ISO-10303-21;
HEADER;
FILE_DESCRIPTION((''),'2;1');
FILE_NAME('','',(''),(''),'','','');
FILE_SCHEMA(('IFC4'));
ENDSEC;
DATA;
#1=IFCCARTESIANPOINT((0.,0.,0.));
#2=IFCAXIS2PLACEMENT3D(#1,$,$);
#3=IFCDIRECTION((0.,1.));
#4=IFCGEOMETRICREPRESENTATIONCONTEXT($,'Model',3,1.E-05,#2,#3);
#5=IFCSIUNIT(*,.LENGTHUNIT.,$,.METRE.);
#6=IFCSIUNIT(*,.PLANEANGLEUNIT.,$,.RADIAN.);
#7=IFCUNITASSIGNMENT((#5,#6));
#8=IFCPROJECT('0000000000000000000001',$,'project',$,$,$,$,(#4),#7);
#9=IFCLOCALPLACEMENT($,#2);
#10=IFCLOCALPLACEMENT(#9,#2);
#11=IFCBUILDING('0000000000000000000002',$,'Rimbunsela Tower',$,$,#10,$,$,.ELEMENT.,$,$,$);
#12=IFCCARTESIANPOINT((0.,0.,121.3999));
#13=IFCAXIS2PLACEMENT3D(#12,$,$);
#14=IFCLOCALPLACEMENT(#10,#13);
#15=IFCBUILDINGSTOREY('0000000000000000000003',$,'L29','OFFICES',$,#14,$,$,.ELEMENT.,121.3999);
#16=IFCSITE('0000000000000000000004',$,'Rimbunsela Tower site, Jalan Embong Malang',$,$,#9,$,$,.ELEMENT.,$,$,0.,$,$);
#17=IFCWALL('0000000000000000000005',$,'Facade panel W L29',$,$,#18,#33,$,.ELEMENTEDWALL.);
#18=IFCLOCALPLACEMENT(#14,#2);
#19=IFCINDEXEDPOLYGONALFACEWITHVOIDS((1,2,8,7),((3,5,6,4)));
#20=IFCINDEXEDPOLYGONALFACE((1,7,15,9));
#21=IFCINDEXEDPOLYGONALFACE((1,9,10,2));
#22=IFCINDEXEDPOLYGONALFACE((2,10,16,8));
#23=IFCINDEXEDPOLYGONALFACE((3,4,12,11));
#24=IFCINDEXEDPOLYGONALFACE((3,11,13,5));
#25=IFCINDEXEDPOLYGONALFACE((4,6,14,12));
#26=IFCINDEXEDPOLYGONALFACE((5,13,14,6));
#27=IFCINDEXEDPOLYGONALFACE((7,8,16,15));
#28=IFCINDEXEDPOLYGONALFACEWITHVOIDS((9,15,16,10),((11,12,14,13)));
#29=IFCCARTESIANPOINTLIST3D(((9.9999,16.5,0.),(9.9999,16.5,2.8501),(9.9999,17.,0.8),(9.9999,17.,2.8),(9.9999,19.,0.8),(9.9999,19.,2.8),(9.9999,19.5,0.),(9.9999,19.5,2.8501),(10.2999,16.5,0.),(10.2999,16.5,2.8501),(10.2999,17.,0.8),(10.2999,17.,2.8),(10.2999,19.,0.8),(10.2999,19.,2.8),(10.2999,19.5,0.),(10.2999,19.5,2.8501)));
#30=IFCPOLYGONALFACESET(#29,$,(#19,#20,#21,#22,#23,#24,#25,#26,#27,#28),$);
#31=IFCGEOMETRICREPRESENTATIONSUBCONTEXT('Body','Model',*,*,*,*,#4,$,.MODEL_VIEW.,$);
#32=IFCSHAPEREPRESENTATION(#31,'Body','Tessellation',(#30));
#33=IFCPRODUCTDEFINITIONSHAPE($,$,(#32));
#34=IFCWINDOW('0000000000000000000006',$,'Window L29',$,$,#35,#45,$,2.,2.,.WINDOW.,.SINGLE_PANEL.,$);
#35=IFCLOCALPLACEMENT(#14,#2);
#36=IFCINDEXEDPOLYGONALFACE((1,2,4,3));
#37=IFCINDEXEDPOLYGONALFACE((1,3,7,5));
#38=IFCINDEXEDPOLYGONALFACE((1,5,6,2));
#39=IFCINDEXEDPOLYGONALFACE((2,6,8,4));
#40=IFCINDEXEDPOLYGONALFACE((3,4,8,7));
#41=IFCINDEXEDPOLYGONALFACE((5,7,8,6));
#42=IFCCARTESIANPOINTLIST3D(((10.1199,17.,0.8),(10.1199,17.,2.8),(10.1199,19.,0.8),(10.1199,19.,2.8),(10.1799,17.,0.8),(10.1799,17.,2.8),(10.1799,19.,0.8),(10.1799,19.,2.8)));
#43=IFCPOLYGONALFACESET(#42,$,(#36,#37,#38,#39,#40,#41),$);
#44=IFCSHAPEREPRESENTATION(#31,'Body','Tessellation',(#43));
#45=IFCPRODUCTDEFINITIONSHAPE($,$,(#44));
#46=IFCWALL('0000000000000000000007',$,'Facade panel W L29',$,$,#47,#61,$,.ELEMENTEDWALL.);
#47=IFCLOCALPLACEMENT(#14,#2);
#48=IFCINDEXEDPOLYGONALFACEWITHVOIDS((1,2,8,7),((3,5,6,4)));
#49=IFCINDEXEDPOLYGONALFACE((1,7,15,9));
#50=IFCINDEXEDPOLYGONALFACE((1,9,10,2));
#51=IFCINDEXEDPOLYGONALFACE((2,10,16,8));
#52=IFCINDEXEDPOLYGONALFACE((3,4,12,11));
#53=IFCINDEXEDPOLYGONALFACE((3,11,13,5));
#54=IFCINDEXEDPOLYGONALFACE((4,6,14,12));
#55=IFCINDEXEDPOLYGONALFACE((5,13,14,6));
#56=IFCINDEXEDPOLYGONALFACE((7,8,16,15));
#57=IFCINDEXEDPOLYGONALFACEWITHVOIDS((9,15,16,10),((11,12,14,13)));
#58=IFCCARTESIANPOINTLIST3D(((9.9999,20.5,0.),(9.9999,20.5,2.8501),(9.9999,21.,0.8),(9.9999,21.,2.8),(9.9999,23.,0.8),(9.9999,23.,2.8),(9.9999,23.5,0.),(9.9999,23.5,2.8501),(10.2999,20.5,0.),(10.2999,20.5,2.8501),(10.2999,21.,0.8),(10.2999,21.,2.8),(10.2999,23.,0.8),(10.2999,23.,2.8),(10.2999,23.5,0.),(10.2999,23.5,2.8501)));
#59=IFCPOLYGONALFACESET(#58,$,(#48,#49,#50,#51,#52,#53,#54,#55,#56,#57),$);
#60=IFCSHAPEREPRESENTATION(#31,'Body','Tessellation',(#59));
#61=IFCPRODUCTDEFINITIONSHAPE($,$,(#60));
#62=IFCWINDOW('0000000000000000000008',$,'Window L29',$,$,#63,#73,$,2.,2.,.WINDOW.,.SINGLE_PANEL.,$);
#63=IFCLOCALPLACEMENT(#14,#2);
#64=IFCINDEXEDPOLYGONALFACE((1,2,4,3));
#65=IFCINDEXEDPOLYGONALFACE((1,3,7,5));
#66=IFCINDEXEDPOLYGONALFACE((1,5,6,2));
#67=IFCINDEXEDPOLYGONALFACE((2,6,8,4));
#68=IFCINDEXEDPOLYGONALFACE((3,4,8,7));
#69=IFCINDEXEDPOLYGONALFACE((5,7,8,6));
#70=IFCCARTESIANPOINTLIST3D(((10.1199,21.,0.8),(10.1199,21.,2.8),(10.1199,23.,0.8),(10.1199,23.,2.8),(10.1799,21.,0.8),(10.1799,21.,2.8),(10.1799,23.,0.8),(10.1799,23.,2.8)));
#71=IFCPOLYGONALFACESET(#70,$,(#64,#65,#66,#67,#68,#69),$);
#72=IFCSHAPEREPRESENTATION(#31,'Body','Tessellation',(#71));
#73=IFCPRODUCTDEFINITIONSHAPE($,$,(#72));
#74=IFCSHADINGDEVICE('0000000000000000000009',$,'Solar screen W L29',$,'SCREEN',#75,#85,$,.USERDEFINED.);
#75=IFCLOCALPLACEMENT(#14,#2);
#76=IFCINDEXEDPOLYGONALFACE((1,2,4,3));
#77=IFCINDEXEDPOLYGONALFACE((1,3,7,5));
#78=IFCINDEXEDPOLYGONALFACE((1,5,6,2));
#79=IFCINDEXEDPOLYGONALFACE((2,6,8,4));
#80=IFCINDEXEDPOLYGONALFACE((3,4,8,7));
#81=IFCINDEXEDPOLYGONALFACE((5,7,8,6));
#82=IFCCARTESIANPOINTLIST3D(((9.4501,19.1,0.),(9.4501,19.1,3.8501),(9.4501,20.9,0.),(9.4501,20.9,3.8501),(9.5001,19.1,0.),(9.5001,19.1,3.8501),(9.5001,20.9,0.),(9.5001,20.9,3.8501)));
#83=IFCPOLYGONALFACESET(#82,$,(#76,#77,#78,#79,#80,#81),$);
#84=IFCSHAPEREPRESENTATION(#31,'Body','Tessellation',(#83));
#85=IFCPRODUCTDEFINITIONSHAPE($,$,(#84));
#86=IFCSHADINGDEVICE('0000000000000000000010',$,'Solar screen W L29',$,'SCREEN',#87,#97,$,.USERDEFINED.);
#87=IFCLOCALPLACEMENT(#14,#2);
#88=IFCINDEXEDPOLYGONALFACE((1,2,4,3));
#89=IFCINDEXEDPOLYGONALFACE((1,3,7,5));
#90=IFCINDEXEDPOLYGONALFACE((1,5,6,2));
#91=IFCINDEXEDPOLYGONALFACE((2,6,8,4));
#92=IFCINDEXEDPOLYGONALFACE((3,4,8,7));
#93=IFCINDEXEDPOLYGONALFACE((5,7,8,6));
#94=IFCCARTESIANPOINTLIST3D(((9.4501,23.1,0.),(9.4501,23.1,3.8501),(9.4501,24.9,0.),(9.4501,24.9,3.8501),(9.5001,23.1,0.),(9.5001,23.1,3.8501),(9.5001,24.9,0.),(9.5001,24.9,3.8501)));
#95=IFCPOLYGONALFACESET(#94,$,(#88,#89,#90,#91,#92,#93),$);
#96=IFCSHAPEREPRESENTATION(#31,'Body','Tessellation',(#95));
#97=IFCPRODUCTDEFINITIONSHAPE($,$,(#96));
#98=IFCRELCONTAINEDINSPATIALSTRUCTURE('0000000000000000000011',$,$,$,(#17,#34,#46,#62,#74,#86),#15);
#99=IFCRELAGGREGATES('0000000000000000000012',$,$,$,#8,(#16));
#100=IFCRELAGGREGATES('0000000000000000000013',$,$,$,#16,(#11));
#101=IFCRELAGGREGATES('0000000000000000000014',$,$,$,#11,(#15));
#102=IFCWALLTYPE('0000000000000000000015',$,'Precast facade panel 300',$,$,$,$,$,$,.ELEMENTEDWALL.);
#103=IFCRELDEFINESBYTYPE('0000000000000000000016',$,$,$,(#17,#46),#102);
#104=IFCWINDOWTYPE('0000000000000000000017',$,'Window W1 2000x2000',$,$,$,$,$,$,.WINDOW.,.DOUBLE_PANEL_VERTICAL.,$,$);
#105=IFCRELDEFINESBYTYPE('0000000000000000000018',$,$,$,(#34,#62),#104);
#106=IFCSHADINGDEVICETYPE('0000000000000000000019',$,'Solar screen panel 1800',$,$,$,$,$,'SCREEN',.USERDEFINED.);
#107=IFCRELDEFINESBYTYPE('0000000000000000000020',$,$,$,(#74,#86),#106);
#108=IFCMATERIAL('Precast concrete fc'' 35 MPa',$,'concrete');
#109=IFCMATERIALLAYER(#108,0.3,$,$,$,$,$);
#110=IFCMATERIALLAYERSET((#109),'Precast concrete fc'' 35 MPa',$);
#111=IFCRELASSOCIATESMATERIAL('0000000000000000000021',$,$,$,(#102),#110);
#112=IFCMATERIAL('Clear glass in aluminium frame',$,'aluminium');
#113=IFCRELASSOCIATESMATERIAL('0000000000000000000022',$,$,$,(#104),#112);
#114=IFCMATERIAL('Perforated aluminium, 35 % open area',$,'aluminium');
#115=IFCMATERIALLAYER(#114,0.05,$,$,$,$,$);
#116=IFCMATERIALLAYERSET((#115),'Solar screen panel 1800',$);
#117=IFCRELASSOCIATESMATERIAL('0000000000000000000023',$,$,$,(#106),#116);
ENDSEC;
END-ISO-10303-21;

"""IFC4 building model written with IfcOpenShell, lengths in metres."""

from ifc_helpers import new_model, si_unit, direction, frame, frame_2d, origin, origin_2d, place, context, subcontext, project, spatial, rectangle, extrude, material, layer, layer_set, type_object, element, fill, save


model = new_model("IFC4")

# Units and contexts
model_context = context("Model", 3, precision=1e-05, world=origin(), true_north=direction((0.0, 1.0)))
body_context = subcontext(model_context, "Body", "Model", "MODEL_VIEW")
ifc_project = project(units=[si_unit("LENGTHUNIT", "METRE"), si_unit("PLANEANGLEUNIT", "RADIAN")], contexts=[model_context])

# Site, building, storey
site_placement = place(None, origin())
site = spatial("IfcSite", under=ifc_project, at=site_placement, Name="Rimbunsela Tower site, Jalan Embong Malang", CompositionType="ELEMENT", RefElevation=0.0)
building_placement = place(site_placement, origin())
building = spatial("IfcBuilding", under=site, at=building_placement, Name="Rimbunsela Tower", CompositionType="ELEMENT")
storey_placement = place(building_placement, frame((0.0, 0.0, 121.3999)))
storey = spatial("IfcBuildingStorey", under=building, at=storey_placement, Name="L29", Description="OFFICES", CompositionType="ELEMENT", Elevation=121.3999)

# Walls, openings, windows
ifc_material_1 = material(Name="Precast concrete fc' 35 MPa", Category="concrete")
ifc_layer_1 = layer(ifc_material_1, 0.3)
ifc_layer_set_1 = layer_set([ifc_layer_1], Name="Precast concrete fc' 35 MPa")
wall_type_1 = type_object("IfcWallType", Name="Precast facade panel 300", PredefinedType="ELEMENTEDWALL", material=ifc_layer_set_1)
wall_1_placement = place(storey_placement, frame((10.1499, 19.5, 0.0), z_axis=(0.0, 0.0, 1.0), x_axis=(0.0, -1.0, 0.0)))
wall_1 = element("IfcWall", 1, at=wall_1_placement, inside=storey, type_object=wall_type_1, Name="Facade panel W L29", PredefinedType="ELEMENTEDWALL", context=body_context, shape_type="SweptSolid", body=[
    extrude(rectangle(XDim=3.0, YDim=0.3, at=frame_2d((1.5, 0.0))), origin(), (0.0, 0.0, 1.0), 2.8501),
])
opening_1_placement = place(wall_1_placement, frame((0.5, 0.0, 0.8)))
opening_1 = element("IfcOpeningElement", 2, at=opening_1_placement, cuts=wall_1, PredefinedType="OPENING", context=body_context, shape_type="SweptSolid", body=[
    extrude(rectangle(XDim=2.0, YDim=2.0, at=frame_2d((1.0, 1.0))), frame((0.0, 0.1599, 0.0), z_axis=(0.0, -1.0, 0.0), x_axis=(1.0, 0.0, 0.0)), (0.0, 0.0, 1.0), 0.3201),
])
ifc_material_2 = material(Name="Clear glass in aluminium frame", Category="aluminium")
window_type = type_object("IfcWindowType", Name="Window W1 2000x2000", PartitioningType="DOUBLE_PANEL_VERTICAL", PredefinedType="WINDOW", material=ifc_material_2)
window_1_placement = place(opening_1_placement, origin())
window_1 = element("IfcWindow", 3, at=window_1_placement, inside=storey, type_object=window_type, Name="Window L29", OverallHeight=2.0, OverallWidth=2.0, PartitioningType="SINGLE_PANEL", PredefinedType="WINDOW", context=body_context, shape_type="SweptSolid", body=[
    extrude(rectangle(XDim=2.0, YDim=2.0, at=frame_2d((1.0, 1.0))), frame((0.0, 0.03, 0.0), z_axis=(0.0, -1.0, 0.0), x_axis=(1.0, 0.0, 0.0)), (0.0, 0.0, 1.0), 0.0601),
])
fill(opening_1, window_1)
wall_2_placement = place(storey_placement, frame((10.1499, 23.5, 0.0), z_axis=(0.0, 0.0, 1.0), x_axis=(0.0, -1.0, 0.0)))
wall_2 = element("IfcWall", 4, at=wall_2_placement, inside=storey, type_object=wall_type_1, Name="Facade panel W L29", PredefinedType="ELEMENTEDWALL", context=body_context, shape_type="SweptSolid", body=[
    extrude(rectangle(XDim=3.0, YDim=0.3, at=frame_2d((1.5, 0.0))), origin(), (0.0, 0.0, 1.0), 2.8501),
])
opening_2_placement = place(wall_2_placement, frame((0.5, 0.0, 0.8)))
opening_2 = element("IfcOpeningElement", 5, at=opening_2_placement, cuts=wall_2, PredefinedType="OPENING", context=body_context, shape_type="SweptSolid", body=[
    extrude(rectangle(XDim=2.0, YDim=2.0, at=frame_2d((1.0, 1.0))), frame((0.0, 0.1599, 0.0), z_axis=(0.0, -1.0, 0.0), x_axis=(1.0, 0.0, 0.0)), (0.0, 0.0, 1.0), 0.3201),
])
window_2_placement = place(opening_2_placement, origin())
window_2 = element("IfcWindow", 6, at=window_2_placement, inside=storey, type_object=window_type, Name="Window L29", OverallHeight=2.0, OverallWidth=2.0, PartitioningType="SINGLE_PANEL", PredefinedType="WINDOW", context=body_context, shape_type="SweptSolid", body=[
    extrude(rectangle(XDim=2.0, YDim=2.0, at=frame_2d((1.0, 1.0))), frame((0.0, 0.03, 0.0), z_axis=(0.0, -1.0, 0.0), x_axis=(1.0, 0.0, 0.0)), (0.0, 0.0, 1.0), 0.0601),
])
fill(opening_2, window_2)

# Shading devices
ifc_material_3 = material(Name="Perforated aluminium, 35 % open area", Category="aluminium")
ifc_layer_2 = layer(ifc_material_3, 0.05)
ifc_layer_set_2 = layer_set([ifc_layer_2], Name="Solar screen panel 1800")
shading_device_type = type_object("IfcShadingDeviceType", Name="Solar screen panel 1800", ElementType="SCREEN", PredefinedType="USERDEFINED", material=ifc_layer_set_2)
for number, where, z_axis, x_axis, name in (
    (7, (9.4751, 20.0, 0.0), (0.0, 0.0, 1.0), (0.0, 1.0, 0.0), "Solar screen W L29"),
    (8, (9.4751, 24.0, 0.0), (0.0, 0.0, 1.0), (0.0, 1.0, 0.0), "Solar screen W L29"),
):
    element("IfcShadingDevice", number, at=place(storey_placement, frame(where, z_axis=z_axis, x_axis=x_axis)), inside=storey, type_object=shading_device_type, Name=name, ObjectType="SCREEN", PredefinedType="USERDEFINED", context=body_context, shape_type="SweptSolid", body=[
        extrude(rectangle(XDim=1.8, YDim=0.05, at=origin_2d()), origin(), (0.0, 0.0, 1.0), 3.8501),
    ])

save(model, "model.ifc")
